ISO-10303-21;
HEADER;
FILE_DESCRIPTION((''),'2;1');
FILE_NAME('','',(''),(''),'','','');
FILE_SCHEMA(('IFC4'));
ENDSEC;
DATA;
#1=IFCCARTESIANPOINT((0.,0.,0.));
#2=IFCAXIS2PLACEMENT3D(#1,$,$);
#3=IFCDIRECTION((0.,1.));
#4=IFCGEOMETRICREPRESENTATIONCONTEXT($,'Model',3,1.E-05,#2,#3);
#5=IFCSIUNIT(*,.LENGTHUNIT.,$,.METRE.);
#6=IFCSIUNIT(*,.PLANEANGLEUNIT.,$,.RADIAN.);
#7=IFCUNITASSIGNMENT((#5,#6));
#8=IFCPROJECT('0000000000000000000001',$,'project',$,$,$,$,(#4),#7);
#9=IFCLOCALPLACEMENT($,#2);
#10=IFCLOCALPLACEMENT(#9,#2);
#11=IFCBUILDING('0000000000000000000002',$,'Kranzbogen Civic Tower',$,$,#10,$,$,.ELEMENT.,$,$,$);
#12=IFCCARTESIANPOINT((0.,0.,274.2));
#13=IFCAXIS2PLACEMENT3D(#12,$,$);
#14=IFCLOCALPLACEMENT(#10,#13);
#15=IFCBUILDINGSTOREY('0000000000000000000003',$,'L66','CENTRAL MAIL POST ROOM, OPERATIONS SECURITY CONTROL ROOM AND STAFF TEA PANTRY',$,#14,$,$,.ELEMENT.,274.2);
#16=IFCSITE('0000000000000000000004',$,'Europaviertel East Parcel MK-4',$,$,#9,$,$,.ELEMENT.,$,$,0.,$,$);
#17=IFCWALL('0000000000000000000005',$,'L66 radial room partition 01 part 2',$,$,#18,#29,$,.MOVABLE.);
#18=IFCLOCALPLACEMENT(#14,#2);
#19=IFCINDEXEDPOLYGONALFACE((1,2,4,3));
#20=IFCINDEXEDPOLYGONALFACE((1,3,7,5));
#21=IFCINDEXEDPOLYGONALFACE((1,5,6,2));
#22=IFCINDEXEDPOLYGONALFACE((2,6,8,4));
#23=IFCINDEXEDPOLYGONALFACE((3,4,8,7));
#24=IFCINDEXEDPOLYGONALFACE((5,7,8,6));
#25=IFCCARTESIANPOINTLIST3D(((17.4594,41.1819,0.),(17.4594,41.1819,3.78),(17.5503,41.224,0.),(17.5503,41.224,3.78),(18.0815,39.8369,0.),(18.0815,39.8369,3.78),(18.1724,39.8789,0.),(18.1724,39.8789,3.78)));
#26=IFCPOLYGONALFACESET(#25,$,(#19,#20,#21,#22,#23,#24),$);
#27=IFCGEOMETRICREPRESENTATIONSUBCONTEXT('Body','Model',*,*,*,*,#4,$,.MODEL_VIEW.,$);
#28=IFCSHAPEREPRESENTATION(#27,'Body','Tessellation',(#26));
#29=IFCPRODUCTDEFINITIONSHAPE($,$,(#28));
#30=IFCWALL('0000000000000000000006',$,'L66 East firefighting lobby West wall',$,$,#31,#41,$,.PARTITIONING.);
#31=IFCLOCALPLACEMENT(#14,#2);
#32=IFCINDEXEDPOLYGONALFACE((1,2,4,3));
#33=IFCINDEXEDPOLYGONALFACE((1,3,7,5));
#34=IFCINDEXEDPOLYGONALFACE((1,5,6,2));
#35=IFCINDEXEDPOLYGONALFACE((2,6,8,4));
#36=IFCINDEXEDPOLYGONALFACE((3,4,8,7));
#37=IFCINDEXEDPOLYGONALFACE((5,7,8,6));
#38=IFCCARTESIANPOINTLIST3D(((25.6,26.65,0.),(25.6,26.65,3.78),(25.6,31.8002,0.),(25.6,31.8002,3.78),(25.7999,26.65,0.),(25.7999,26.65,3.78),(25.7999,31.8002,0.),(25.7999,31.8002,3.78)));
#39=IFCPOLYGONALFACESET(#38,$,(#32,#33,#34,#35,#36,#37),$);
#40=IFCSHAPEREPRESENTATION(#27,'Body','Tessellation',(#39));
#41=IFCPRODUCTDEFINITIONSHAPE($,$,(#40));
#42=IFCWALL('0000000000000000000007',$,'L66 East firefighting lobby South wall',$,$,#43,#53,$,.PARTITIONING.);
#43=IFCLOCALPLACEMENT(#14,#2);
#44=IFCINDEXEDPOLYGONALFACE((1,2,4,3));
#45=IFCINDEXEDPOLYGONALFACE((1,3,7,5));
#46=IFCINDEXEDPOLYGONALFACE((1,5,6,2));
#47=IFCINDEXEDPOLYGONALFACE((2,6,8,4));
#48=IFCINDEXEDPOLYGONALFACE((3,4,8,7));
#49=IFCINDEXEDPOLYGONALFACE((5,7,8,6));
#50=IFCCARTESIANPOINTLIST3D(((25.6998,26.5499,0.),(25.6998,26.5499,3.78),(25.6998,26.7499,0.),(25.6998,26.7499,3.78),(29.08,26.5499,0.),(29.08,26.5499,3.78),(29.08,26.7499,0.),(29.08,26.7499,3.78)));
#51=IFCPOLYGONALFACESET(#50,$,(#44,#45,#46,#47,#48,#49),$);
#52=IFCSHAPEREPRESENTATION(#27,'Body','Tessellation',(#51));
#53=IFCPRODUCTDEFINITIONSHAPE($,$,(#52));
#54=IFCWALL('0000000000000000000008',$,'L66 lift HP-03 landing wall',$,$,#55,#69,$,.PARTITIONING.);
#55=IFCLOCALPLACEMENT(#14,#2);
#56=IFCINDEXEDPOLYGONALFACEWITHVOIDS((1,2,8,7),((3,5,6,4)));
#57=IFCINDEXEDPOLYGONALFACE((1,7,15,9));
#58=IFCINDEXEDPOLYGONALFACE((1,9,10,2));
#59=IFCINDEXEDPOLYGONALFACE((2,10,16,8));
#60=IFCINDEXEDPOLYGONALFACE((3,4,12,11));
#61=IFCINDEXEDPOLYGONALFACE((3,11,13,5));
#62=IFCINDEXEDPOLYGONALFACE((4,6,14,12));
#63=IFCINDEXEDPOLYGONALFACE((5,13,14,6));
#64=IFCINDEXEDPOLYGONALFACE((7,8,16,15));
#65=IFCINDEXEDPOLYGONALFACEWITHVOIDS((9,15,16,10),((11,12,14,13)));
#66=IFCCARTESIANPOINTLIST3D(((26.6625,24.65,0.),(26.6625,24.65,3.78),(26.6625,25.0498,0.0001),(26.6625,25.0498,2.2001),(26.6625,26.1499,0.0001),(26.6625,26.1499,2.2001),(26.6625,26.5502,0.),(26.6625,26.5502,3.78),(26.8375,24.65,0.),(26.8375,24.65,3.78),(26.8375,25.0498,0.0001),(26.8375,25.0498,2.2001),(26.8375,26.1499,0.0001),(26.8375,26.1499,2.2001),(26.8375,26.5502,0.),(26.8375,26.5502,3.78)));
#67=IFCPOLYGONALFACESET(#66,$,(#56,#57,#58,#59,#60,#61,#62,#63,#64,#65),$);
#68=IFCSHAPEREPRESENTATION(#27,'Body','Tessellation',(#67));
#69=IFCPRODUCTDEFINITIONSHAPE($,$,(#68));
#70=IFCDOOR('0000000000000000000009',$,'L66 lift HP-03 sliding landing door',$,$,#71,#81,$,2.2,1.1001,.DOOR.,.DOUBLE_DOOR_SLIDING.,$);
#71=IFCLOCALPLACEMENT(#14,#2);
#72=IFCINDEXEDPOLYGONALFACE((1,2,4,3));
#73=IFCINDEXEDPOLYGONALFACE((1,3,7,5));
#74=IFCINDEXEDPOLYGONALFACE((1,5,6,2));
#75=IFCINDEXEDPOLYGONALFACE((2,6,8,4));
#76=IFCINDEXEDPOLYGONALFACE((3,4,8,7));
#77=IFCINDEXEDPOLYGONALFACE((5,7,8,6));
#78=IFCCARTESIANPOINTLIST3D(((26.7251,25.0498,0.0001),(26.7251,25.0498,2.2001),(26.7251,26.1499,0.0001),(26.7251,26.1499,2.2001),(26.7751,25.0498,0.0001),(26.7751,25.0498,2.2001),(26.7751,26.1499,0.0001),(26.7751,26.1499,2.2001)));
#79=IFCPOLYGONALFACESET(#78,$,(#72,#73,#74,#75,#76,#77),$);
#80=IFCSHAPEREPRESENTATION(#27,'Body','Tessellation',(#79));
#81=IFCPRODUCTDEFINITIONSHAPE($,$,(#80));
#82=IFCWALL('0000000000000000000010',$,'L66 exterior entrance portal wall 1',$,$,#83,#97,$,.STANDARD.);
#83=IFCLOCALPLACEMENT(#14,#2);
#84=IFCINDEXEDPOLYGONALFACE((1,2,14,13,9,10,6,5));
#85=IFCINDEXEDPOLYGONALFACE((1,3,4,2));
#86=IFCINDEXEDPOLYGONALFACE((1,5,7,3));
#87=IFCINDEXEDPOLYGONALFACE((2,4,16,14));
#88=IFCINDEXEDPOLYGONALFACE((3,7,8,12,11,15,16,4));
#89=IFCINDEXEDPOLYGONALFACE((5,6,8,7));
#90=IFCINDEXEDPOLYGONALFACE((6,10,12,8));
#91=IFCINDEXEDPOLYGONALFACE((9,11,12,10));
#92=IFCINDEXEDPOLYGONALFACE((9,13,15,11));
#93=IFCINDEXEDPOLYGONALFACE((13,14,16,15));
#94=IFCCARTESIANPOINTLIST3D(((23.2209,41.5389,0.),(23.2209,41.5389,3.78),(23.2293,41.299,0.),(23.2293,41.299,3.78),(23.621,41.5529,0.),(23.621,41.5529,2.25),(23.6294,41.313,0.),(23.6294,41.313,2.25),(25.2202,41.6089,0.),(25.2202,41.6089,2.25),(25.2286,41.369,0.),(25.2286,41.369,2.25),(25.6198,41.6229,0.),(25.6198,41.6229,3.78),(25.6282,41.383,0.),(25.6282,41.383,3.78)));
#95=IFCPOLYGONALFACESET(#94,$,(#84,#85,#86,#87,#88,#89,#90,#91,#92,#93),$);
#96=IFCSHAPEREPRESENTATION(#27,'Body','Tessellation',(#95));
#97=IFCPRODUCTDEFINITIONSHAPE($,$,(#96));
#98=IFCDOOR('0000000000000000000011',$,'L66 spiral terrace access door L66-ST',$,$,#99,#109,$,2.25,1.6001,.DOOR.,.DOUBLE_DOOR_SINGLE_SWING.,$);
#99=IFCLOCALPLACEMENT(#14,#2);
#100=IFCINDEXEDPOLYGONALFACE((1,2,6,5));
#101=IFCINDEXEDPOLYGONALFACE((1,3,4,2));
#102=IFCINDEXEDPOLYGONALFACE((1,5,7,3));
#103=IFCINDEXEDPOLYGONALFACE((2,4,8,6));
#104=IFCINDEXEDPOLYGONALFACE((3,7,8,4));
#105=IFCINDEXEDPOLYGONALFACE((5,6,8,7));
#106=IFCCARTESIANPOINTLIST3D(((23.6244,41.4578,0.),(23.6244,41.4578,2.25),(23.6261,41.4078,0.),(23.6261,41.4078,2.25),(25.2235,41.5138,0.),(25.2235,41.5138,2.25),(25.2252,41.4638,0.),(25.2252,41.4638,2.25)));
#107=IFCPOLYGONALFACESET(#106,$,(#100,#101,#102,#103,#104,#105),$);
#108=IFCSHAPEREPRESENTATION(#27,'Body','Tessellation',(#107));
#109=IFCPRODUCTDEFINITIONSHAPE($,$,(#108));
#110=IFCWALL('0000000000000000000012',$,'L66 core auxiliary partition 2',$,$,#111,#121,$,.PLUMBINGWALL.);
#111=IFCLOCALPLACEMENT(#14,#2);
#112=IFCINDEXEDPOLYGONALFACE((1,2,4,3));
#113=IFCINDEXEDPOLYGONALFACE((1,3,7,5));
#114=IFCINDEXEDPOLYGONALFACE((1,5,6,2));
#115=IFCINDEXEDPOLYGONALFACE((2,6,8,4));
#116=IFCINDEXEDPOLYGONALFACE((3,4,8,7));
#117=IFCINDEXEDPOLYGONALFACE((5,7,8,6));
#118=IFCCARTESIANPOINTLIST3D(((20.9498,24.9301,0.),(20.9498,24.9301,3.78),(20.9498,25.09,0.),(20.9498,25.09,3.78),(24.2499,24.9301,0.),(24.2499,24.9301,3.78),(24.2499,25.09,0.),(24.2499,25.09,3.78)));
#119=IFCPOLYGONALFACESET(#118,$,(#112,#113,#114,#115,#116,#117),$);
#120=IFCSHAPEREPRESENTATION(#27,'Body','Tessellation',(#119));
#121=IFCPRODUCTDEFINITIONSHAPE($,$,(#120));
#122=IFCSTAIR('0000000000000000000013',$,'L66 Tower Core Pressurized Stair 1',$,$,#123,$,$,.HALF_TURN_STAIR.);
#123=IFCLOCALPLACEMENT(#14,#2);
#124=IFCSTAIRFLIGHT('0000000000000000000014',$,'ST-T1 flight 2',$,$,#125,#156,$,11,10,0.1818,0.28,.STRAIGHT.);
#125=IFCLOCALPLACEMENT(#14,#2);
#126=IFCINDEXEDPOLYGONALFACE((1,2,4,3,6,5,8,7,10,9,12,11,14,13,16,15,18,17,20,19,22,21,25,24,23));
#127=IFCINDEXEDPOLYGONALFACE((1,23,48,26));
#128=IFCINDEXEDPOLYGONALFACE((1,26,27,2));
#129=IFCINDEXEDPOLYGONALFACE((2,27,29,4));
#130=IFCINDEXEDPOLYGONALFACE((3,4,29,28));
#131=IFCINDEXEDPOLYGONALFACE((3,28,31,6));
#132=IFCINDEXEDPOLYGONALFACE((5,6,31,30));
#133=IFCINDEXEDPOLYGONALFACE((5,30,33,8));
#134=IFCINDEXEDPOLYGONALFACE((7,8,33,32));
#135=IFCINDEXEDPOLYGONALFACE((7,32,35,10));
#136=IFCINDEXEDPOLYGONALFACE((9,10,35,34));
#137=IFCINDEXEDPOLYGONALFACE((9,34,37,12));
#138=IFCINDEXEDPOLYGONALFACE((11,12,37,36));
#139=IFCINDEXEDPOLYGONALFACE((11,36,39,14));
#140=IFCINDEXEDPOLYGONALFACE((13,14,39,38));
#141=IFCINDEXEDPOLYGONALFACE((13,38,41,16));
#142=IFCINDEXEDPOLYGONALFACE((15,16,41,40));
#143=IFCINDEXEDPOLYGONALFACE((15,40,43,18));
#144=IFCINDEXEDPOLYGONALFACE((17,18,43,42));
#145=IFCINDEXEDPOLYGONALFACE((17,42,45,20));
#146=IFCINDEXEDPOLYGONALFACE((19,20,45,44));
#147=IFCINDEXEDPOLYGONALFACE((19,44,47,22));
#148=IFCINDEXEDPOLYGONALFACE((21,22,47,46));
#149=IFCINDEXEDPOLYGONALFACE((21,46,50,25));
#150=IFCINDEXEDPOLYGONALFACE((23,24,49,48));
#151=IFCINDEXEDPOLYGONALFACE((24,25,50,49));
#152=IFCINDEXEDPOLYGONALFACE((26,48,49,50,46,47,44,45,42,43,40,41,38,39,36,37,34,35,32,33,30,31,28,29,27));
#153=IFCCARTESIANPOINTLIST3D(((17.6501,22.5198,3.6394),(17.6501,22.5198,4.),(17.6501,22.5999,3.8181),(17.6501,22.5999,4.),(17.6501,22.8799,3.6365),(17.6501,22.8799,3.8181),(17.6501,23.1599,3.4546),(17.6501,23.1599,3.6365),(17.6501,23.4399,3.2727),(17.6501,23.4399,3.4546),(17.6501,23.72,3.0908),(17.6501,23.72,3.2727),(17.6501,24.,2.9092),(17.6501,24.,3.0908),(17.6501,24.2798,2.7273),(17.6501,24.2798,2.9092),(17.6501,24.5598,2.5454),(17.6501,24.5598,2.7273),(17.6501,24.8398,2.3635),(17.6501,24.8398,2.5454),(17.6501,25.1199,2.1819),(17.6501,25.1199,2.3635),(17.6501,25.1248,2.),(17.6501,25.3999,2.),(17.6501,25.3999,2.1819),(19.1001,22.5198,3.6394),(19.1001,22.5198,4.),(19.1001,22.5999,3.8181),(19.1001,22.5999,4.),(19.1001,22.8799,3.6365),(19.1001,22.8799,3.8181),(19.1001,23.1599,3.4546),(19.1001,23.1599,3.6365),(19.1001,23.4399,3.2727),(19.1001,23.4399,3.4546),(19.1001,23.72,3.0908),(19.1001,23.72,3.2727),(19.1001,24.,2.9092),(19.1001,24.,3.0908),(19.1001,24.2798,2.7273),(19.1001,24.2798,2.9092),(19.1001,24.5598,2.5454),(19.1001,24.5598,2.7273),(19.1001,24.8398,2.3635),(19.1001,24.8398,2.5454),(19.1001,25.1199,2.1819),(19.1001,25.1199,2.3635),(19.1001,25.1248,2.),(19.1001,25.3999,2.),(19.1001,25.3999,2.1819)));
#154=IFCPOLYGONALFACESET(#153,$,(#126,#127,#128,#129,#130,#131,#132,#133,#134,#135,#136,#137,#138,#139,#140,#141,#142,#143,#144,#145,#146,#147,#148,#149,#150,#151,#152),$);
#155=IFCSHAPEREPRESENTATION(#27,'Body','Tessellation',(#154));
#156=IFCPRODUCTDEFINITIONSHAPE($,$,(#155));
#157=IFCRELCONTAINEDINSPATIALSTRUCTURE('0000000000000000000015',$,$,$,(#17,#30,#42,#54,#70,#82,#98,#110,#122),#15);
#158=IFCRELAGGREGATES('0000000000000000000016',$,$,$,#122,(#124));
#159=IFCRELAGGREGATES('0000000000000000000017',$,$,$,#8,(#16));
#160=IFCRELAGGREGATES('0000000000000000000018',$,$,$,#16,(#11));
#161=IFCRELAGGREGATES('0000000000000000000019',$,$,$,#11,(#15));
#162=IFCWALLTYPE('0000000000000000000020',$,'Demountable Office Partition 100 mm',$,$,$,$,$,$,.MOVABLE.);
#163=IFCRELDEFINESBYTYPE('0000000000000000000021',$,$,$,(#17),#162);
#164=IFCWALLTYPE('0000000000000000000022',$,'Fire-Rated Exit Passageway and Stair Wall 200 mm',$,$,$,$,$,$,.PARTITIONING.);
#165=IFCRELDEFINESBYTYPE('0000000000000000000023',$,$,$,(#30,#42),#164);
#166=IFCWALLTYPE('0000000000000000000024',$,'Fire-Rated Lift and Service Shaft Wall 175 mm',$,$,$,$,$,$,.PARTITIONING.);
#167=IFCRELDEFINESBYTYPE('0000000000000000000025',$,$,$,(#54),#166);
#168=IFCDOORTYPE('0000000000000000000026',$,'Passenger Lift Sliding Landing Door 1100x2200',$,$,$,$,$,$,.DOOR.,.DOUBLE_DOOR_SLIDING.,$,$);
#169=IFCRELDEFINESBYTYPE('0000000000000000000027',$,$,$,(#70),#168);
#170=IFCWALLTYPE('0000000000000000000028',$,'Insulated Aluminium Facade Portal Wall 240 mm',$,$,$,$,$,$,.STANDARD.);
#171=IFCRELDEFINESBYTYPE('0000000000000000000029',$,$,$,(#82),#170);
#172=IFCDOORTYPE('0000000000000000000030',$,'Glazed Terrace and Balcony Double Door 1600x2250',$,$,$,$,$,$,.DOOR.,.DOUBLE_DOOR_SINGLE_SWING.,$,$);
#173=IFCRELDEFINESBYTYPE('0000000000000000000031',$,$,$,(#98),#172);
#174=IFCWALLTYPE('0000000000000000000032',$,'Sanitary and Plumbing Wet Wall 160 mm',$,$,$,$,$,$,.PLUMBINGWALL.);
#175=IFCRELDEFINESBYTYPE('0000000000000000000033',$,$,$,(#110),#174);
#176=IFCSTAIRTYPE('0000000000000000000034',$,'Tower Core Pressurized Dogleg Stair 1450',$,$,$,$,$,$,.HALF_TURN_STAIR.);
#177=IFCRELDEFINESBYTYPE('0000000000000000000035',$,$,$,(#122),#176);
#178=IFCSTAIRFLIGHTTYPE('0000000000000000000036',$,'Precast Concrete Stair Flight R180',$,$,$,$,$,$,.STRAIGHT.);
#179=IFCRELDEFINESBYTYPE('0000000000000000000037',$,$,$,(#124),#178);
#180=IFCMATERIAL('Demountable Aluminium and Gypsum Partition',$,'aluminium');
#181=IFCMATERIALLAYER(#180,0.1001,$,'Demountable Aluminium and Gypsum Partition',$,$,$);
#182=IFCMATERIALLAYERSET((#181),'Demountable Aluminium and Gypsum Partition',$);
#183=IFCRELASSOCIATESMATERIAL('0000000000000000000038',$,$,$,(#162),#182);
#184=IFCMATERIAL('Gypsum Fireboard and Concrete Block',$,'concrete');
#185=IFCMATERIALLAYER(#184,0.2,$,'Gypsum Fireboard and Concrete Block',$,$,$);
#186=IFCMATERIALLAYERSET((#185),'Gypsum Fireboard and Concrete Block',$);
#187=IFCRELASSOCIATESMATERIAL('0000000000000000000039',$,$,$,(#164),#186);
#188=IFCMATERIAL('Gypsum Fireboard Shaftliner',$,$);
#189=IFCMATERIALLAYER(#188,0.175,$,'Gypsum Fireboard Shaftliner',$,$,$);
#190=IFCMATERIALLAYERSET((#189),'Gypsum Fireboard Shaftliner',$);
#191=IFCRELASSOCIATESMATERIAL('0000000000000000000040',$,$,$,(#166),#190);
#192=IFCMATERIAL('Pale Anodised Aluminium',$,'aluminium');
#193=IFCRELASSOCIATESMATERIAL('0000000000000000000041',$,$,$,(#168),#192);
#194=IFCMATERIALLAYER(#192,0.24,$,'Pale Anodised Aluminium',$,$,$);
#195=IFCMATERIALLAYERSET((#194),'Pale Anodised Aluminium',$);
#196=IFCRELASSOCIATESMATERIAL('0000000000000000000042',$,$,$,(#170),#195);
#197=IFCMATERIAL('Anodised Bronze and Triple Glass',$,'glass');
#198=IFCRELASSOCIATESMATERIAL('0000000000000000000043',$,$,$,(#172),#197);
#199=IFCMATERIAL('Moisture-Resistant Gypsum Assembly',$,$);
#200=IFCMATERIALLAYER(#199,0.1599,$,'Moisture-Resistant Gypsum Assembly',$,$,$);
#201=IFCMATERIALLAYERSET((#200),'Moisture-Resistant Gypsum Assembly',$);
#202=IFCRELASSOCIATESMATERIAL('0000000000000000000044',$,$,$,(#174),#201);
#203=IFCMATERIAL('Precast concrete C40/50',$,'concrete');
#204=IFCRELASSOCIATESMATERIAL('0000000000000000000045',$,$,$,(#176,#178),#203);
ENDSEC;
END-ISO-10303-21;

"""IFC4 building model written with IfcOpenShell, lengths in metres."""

from ifc_helpers import new_model, si_unit, direction, frame, frame_2d, origin, place, context, subcontext, project, spatial, polyline, rectangle, outline, extrude, material, layer, layer_set, type_object, element, fill, aggregate, save


model = new_model("IFC4")

# Units and contexts
model_context = context("Model", 3, precision=1e-05, world=origin(), true_north=direction((0.0, 1.0)))
body_context = subcontext(model_context, "Body", "Model", "MODEL_VIEW")
ifc_project = project(units=[si_unit("LENGTHUNIT", "METRE"), si_unit("PLANEANGLEUNIT", "RADIAN")], contexts=[model_context])

# Site, building, storey
site_placement = place(None, origin())
site = spatial("IfcSite", under=ifc_project, at=site_placement, Name="Europaviertel East Parcel MK-4", CompositionType="ELEMENT", RefElevation=0.0)
building_placement = place(site_placement, origin())
building = spatial("IfcBuilding", under=site, at=building_placement, Name="Kranzbogen Civic Tower", CompositionType="ELEMENT")
storey_placement = place(building_placement, frame((0.0, 0.0, 274.2)))
storey = spatial("IfcBuildingStorey", under=building, at=storey_placement, Name="L66", Description="CENTRAL MAIL POST ROOM, OPERATIONS SECURITY CONTROL ROOM AND STAFF TEA PANTRY", CompositionType="ELEMENT", Elevation=274.2)

# Shared definitions
ifc_material_1 = material(Name="Pale Anodised Aluminium", Category="aluminium")

# Walls
ifc_material_2 = material(Name="Demountable Aluminium and Gypsum Partition", Category="aluminium")
ifc_layer_1 = layer(ifc_material_2, 0.1001, Name="Demountable Aluminium and Gypsum Partition")
ifc_layer_set_1 = layer_set([ifc_layer_1], Name="Demountable Aluminium and Gypsum Partition")
wall_type_1 = type_object("IfcWallType", Name="Demountable Office Partition 100 mm", PredefinedType="MOVABLE", material=ifc_layer_set_1)
wall_1_placement = place(storey_placement, frame((18.127, 39.8579, 0.0), z_axis=(0.0, 0.0, 1.0), x_axis=(-0.419789, 0.907622, 0.0)))
element("IfcWall", 1, at=wall_1_placement, inside=storey, type_object=wall_type_1, Name="L66 radial room partition 01 part 2", PredefinedType="MOVABLE", context=body_context, shape_type="SweptSolid", body=[
    extrude(rectangle(XDim=1.4819, YDim=0.1001, at=frame_2d((0.741, 0.0))), origin(), (0.0, 0.0, 1.0), 3.78),
])
ifc_material_3 = material(Name="Gypsum Fireboard and Concrete Block", Category="concrete")
ifc_layer_2 = layer(ifc_material_3, 0.2, Name="Gypsum Fireboard and Concrete Block")
ifc_layer_set_2 = layer_set([ifc_layer_2], Name="Gypsum Fireboard and Concrete Block")
wall_type_2 = type_object("IfcWallType", Name="Fire-Rated Exit Passageway and Stair Wall 200 mm", PredefinedType="PARTITIONING", material=ifc_layer_set_2)
wall_2_placement = place(storey_placement, frame((25.7, 26.6499, 0.0), z_axis=(0.0, 0.0, 1.0), x_axis=(0.0, 1.0, 0.0)))
element("IfcWall", 2, at=wall_2_placement, inside=storey, type_object=wall_type_2, Name="L66 East firefighting lobby West wall", PredefinedType="PARTITIONING", context=body_context, shape_type="SweptSolid", body=[
    extrude(rectangle(XDim=5.1501, YDim=0.2, at=frame_2d((2.5752, 0.0))), origin(), (0.0, 0.0, 1.0), 3.78),
])
wall_3_placement = place(storey_placement, frame((25.7, 26.6499, 0.0), z_axis=(0.0, 0.0, 1.0), x_axis=(1.0, 0.0, 0.0)))
element("IfcWall", 3, at=wall_3_placement, inside=storey, type_object=wall_type_2, Name="L66 East firefighting lobby South wall", PredefinedType="PARTITIONING", context=body_context, shape_type="SweptSolid", body=[
    extrude(rectangle(XDim=3.3801, YDim=0.2, at=frame_2d((1.6899, 0.0))), origin(), (0.0, 0.0, 1.0), 3.78),
])

# Walls, openings, doors
ifc_material_4 = material(Name="Gypsum Fireboard Shaftliner")
ifc_layer_3 = layer(ifc_material_4, 0.175, Name="Gypsum Fireboard Shaftliner")
ifc_layer_set_3 = layer_set([ifc_layer_3], Name="Gypsum Fireboard Shaftliner")
wall_type_3 = type_object("IfcWallType", Name="Fire-Rated Lift and Service Shaft Wall 175 mm", PredefinedType="PARTITIONING", material=ifc_layer_set_3)
wall_4_placement = place(storey_placement, frame((26.75, 24.6499, 0.0), z_axis=(0.0, 0.0, 1.0), x_axis=(0.0, 1.0, 0.0)))
wall_4 = element("IfcWall", 4, at=wall_4_placement, inside=storey, type_object=wall_type_3, Name="L66 lift HP-03 landing wall", PredefinedType="PARTITIONING", context=body_context, shape_type="SweptSolid", body=[
    extrude(rectangle(XDim=1.9001, YDim=0.175, at=frame_2d((0.9502, 0.0))), origin(), (0.0, 0.0, 1.0), 3.78),
])
opening_1_placement = place(wall_4_placement, frame((0.3999, 0.0, 0.0)))
opening_1 = element("IfcOpeningElement", 5, at=opening_1_placement, cuts=wall_4, PredefinedType="OPENING", context=body_context, shape_type="SweptSolid", body=[
    extrude(rectangle(XDim=1.1001, YDim=2.2, at=frame_2d((0.55, 1.1001))), frame((0.0, 0.0977, 0.0), z_axis=(0.0, -1.0, 0.0), x_axis=(1.0, 0.0, 0.0)), (0.0, 0.0, 1.0), 0.1951),
])
door_type_1 = type_object("IfcDoorType", Name="Passenger Lift Sliding Landing Door 1100x2200", OperationType="DOUBLE_DOOR_SLIDING", PredefinedType="DOOR", material=ifc_material_1)
door_1_placement = place(opening_1_placement, origin())
door_1 = element("IfcDoor", 6, at=door_1_placement, inside=storey, type_object=door_type_1, Name="L66 lift HP-03 sliding landing door", OperationType="DOUBLE_DOOR_SLIDING", OverallHeight=2.2, OverallWidth=1.1001, PredefinedType="DOOR", context=body_context, shape_type="SweptSolid", body=[
    extrude(rectangle(XDim=1.1001, YDim=2.2, at=frame_2d((0.55, 1.1001))), frame((0.0, 0.0249, 0.0), z_axis=(0.0, -1.0, 0.0), x_axis=(1.0, 0.0, 0.0)), (0.0, 0.0, 1.0), 0.05),
])
fill(opening_1, door_1)
ifc_layer_4 = layer(ifc_material_1, 0.24, Name="Pale Anodised Aluminium")
ifc_layer_set_4 = layer_set([ifc_layer_4], Name="Pale Anodised Aluminium")
wall_type_4 = type_object("IfcWallType", Name="Insulated Aluminium Facade Portal Wall 240 mm", PredefinedType="STANDARD", material=ifc_layer_set_4)
wall_5_placement = place(storey_placement, frame((25.624, 41.5029, 0.0), z_axis=(0.0, 0.0, 1.0), x_axis=(-0.999388, -0.034988, 0.0)))
wall_5 = element("IfcWall", 7, at=wall_5_placement, inside=storey, type_object=wall_type_4, Name="L66 exterior entrance portal wall 1", PredefinedType="STANDARD", context=body_context, shape_type="SweptSolid", body=[
    extrude(rectangle(XDim=2.4004, YDim=0.24, at=frame_2d((1.2002, 0.0))), origin(), (0.0, 0.0, 1.0), 3.78),
])
opening_2_placement = place(wall_5_placement, frame((0.3999, 0.0, 0.0)))
opening_2 = element("IfcOpeningElement", 8, at=opening_2_placement, cuts=wall_5, PredefinedType="OPENING", context=body_context, shape_type="SweptSolid", body=[
    extrude(rectangle(XDim=1.6001, YDim=2.25, at=frame_2d((0.8, 1.125))), frame((0.0, 0.1299, 0.0), z_axis=(0.0, -1.0, 0.0), x_axis=(1.0, 0.0, 0.0)), (0.0, 0.0, 1.0), 0.26),
])
ifc_material_5 = material(Name="Anodised Bronze and Triple Glass", Category="glass")
door_type_2 = type_object("IfcDoorType", Name="Glazed Terrace and Balcony Double Door 1600x2250", OperationType="DOUBLE_DOOR_SINGLE_SWING", PredefinedType="DOOR", material=ifc_material_5)
door_2_placement = place(opening_2_placement, frame((1.6001, 0.0, 0.0), z_axis=(0.0, 0.0, 1.0), x_axis=(-1.0, 0.0, 0.0)))
door_2 = element("IfcDoor", 9, at=door_2_placement, inside=storey, type_object=door_type_2, Name="L66 spiral terrace access door L66-ST", OperationType="DOUBLE_DOOR_SINGLE_SWING", OverallHeight=2.25, OverallWidth=1.6001, PredefinedType="DOOR", context=body_context, shape_type="SweptSolid", body=[
    extrude(rectangle(XDim=1.6001, YDim=2.25, at=frame_2d((0.8, 1.125))), frame((0.0, 0.0249, 0.0), z_axis=(0.0, -1.0, 0.0), x_axis=(1.0, 0.0, 0.0)), (0.0, 0.0, 1.0), 0.05),
])
fill(opening_2, door_2)

# Wall
ifc_material_6 = material(Name="Moisture-Resistant Gypsum Assembly")
ifc_layer_5 = layer(ifc_material_6, 0.1599, Name="Moisture-Resistant Gypsum Assembly")
ifc_layer_set_5 = layer_set([ifc_layer_5], Name="Moisture-Resistant Gypsum Assembly")
wall_type_5 = type_object("IfcWallType", Name="Sanitary and Plumbing Wet Wall 160 mm", PredefinedType="PLUMBINGWALL", material=ifc_layer_set_5)
wall_6_placement = place(storey_placement, frame((20.95, 25.01, 0.0), z_axis=(0.0, 0.0, 1.0), x_axis=(1.0, 0.0, 0.0)))
element("IfcWall", 10, at=wall_6_placement, inside=storey, type_object=wall_type_5, Name="L66 core auxiliary partition 2", PredefinedType="PLUMBINGWALL", context=body_context, shape_type="SweptSolid", body=[
    extrude(rectangle(XDim=3.3, YDim=0.1599, at=frame_2d((1.6499, 0.0))), origin(), (0.0, 0.0, 1.0), 3.78),
])

# Stair, stair flight
ifc_material_7 = material(Name="Precast concrete C40/50", Category="concrete")
stair_type = type_object("IfcStairType", Name="Tower Core Pressurized Dogleg Stair 1450", PredefinedType="HALF_TURN_STAIR", material=ifc_material_7)
stair_placement = place(storey_placement, origin())
stair = element("IfcStair", 11, at=stair_placement, inside=storey, type_object=stair_type, Name="L66 Tower Core Pressurized Stair 1", PredefinedType="HALF_TURN_STAIR")
stair_flight_type = type_object("IfcStairFlightType", Name="Precast Concrete Stair Flight R180", PredefinedType="STRAIGHT", material=ifc_material_7)
stair_flight_placement = place(storey_placement, frame((18.375, 25.3999, 2.0), z_axis=(0.0, 0.0, 1.0), x_axis=(0.0, -1.0, 0.0)))
stair_flight = element("IfcStairFlight", 12, at=stair_flight_placement, type_object=stair_flight_type, Name="ST-T1 flight 2", NumberOfRisers=11, NumberOfTreads=10, PredefinedType="STRAIGHT", RiserHeight=0.1818, TreadLength=0.28, context=body_context, shape_type="SweptSolid", body=[
    extrude(outline(polyline([(0.0, 0.0), (0.0, 0.1819), (0.28, 0.1819), (0.28, 0.3635), (0.5601, 0.3635), (0.5601, 0.5454), (0.8401, 0.5454), (0.8401, 0.7273), (1.1201, 0.7273), (1.1201, 0.9092), (1.3999, 0.9092), (1.3999, 1.0908), (1.6799, 1.0908), (1.6799, 1.2727), (1.96, 1.2727), (1.96, 1.4546), (2.24, 1.4546), (2.24, 1.6365), (2.52, 1.6365), (2.52, 1.8181), (2.8, 1.8181), (2.8, 2.0), (2.8801, 2.0), (2.8801, 1.6394), (0.2751, 0.0), (0.0, 0.0)])), frame((0.0, 0.7251, 0.0), z_axis=(0.0, -1.0, 0.0), x_axis=(1.0, 0.0, 0.0)), (0.0, 0.0, 1.0), 1.45),
])
aggregate(stair, [stair_flight])

save(model, "model.ifc")
